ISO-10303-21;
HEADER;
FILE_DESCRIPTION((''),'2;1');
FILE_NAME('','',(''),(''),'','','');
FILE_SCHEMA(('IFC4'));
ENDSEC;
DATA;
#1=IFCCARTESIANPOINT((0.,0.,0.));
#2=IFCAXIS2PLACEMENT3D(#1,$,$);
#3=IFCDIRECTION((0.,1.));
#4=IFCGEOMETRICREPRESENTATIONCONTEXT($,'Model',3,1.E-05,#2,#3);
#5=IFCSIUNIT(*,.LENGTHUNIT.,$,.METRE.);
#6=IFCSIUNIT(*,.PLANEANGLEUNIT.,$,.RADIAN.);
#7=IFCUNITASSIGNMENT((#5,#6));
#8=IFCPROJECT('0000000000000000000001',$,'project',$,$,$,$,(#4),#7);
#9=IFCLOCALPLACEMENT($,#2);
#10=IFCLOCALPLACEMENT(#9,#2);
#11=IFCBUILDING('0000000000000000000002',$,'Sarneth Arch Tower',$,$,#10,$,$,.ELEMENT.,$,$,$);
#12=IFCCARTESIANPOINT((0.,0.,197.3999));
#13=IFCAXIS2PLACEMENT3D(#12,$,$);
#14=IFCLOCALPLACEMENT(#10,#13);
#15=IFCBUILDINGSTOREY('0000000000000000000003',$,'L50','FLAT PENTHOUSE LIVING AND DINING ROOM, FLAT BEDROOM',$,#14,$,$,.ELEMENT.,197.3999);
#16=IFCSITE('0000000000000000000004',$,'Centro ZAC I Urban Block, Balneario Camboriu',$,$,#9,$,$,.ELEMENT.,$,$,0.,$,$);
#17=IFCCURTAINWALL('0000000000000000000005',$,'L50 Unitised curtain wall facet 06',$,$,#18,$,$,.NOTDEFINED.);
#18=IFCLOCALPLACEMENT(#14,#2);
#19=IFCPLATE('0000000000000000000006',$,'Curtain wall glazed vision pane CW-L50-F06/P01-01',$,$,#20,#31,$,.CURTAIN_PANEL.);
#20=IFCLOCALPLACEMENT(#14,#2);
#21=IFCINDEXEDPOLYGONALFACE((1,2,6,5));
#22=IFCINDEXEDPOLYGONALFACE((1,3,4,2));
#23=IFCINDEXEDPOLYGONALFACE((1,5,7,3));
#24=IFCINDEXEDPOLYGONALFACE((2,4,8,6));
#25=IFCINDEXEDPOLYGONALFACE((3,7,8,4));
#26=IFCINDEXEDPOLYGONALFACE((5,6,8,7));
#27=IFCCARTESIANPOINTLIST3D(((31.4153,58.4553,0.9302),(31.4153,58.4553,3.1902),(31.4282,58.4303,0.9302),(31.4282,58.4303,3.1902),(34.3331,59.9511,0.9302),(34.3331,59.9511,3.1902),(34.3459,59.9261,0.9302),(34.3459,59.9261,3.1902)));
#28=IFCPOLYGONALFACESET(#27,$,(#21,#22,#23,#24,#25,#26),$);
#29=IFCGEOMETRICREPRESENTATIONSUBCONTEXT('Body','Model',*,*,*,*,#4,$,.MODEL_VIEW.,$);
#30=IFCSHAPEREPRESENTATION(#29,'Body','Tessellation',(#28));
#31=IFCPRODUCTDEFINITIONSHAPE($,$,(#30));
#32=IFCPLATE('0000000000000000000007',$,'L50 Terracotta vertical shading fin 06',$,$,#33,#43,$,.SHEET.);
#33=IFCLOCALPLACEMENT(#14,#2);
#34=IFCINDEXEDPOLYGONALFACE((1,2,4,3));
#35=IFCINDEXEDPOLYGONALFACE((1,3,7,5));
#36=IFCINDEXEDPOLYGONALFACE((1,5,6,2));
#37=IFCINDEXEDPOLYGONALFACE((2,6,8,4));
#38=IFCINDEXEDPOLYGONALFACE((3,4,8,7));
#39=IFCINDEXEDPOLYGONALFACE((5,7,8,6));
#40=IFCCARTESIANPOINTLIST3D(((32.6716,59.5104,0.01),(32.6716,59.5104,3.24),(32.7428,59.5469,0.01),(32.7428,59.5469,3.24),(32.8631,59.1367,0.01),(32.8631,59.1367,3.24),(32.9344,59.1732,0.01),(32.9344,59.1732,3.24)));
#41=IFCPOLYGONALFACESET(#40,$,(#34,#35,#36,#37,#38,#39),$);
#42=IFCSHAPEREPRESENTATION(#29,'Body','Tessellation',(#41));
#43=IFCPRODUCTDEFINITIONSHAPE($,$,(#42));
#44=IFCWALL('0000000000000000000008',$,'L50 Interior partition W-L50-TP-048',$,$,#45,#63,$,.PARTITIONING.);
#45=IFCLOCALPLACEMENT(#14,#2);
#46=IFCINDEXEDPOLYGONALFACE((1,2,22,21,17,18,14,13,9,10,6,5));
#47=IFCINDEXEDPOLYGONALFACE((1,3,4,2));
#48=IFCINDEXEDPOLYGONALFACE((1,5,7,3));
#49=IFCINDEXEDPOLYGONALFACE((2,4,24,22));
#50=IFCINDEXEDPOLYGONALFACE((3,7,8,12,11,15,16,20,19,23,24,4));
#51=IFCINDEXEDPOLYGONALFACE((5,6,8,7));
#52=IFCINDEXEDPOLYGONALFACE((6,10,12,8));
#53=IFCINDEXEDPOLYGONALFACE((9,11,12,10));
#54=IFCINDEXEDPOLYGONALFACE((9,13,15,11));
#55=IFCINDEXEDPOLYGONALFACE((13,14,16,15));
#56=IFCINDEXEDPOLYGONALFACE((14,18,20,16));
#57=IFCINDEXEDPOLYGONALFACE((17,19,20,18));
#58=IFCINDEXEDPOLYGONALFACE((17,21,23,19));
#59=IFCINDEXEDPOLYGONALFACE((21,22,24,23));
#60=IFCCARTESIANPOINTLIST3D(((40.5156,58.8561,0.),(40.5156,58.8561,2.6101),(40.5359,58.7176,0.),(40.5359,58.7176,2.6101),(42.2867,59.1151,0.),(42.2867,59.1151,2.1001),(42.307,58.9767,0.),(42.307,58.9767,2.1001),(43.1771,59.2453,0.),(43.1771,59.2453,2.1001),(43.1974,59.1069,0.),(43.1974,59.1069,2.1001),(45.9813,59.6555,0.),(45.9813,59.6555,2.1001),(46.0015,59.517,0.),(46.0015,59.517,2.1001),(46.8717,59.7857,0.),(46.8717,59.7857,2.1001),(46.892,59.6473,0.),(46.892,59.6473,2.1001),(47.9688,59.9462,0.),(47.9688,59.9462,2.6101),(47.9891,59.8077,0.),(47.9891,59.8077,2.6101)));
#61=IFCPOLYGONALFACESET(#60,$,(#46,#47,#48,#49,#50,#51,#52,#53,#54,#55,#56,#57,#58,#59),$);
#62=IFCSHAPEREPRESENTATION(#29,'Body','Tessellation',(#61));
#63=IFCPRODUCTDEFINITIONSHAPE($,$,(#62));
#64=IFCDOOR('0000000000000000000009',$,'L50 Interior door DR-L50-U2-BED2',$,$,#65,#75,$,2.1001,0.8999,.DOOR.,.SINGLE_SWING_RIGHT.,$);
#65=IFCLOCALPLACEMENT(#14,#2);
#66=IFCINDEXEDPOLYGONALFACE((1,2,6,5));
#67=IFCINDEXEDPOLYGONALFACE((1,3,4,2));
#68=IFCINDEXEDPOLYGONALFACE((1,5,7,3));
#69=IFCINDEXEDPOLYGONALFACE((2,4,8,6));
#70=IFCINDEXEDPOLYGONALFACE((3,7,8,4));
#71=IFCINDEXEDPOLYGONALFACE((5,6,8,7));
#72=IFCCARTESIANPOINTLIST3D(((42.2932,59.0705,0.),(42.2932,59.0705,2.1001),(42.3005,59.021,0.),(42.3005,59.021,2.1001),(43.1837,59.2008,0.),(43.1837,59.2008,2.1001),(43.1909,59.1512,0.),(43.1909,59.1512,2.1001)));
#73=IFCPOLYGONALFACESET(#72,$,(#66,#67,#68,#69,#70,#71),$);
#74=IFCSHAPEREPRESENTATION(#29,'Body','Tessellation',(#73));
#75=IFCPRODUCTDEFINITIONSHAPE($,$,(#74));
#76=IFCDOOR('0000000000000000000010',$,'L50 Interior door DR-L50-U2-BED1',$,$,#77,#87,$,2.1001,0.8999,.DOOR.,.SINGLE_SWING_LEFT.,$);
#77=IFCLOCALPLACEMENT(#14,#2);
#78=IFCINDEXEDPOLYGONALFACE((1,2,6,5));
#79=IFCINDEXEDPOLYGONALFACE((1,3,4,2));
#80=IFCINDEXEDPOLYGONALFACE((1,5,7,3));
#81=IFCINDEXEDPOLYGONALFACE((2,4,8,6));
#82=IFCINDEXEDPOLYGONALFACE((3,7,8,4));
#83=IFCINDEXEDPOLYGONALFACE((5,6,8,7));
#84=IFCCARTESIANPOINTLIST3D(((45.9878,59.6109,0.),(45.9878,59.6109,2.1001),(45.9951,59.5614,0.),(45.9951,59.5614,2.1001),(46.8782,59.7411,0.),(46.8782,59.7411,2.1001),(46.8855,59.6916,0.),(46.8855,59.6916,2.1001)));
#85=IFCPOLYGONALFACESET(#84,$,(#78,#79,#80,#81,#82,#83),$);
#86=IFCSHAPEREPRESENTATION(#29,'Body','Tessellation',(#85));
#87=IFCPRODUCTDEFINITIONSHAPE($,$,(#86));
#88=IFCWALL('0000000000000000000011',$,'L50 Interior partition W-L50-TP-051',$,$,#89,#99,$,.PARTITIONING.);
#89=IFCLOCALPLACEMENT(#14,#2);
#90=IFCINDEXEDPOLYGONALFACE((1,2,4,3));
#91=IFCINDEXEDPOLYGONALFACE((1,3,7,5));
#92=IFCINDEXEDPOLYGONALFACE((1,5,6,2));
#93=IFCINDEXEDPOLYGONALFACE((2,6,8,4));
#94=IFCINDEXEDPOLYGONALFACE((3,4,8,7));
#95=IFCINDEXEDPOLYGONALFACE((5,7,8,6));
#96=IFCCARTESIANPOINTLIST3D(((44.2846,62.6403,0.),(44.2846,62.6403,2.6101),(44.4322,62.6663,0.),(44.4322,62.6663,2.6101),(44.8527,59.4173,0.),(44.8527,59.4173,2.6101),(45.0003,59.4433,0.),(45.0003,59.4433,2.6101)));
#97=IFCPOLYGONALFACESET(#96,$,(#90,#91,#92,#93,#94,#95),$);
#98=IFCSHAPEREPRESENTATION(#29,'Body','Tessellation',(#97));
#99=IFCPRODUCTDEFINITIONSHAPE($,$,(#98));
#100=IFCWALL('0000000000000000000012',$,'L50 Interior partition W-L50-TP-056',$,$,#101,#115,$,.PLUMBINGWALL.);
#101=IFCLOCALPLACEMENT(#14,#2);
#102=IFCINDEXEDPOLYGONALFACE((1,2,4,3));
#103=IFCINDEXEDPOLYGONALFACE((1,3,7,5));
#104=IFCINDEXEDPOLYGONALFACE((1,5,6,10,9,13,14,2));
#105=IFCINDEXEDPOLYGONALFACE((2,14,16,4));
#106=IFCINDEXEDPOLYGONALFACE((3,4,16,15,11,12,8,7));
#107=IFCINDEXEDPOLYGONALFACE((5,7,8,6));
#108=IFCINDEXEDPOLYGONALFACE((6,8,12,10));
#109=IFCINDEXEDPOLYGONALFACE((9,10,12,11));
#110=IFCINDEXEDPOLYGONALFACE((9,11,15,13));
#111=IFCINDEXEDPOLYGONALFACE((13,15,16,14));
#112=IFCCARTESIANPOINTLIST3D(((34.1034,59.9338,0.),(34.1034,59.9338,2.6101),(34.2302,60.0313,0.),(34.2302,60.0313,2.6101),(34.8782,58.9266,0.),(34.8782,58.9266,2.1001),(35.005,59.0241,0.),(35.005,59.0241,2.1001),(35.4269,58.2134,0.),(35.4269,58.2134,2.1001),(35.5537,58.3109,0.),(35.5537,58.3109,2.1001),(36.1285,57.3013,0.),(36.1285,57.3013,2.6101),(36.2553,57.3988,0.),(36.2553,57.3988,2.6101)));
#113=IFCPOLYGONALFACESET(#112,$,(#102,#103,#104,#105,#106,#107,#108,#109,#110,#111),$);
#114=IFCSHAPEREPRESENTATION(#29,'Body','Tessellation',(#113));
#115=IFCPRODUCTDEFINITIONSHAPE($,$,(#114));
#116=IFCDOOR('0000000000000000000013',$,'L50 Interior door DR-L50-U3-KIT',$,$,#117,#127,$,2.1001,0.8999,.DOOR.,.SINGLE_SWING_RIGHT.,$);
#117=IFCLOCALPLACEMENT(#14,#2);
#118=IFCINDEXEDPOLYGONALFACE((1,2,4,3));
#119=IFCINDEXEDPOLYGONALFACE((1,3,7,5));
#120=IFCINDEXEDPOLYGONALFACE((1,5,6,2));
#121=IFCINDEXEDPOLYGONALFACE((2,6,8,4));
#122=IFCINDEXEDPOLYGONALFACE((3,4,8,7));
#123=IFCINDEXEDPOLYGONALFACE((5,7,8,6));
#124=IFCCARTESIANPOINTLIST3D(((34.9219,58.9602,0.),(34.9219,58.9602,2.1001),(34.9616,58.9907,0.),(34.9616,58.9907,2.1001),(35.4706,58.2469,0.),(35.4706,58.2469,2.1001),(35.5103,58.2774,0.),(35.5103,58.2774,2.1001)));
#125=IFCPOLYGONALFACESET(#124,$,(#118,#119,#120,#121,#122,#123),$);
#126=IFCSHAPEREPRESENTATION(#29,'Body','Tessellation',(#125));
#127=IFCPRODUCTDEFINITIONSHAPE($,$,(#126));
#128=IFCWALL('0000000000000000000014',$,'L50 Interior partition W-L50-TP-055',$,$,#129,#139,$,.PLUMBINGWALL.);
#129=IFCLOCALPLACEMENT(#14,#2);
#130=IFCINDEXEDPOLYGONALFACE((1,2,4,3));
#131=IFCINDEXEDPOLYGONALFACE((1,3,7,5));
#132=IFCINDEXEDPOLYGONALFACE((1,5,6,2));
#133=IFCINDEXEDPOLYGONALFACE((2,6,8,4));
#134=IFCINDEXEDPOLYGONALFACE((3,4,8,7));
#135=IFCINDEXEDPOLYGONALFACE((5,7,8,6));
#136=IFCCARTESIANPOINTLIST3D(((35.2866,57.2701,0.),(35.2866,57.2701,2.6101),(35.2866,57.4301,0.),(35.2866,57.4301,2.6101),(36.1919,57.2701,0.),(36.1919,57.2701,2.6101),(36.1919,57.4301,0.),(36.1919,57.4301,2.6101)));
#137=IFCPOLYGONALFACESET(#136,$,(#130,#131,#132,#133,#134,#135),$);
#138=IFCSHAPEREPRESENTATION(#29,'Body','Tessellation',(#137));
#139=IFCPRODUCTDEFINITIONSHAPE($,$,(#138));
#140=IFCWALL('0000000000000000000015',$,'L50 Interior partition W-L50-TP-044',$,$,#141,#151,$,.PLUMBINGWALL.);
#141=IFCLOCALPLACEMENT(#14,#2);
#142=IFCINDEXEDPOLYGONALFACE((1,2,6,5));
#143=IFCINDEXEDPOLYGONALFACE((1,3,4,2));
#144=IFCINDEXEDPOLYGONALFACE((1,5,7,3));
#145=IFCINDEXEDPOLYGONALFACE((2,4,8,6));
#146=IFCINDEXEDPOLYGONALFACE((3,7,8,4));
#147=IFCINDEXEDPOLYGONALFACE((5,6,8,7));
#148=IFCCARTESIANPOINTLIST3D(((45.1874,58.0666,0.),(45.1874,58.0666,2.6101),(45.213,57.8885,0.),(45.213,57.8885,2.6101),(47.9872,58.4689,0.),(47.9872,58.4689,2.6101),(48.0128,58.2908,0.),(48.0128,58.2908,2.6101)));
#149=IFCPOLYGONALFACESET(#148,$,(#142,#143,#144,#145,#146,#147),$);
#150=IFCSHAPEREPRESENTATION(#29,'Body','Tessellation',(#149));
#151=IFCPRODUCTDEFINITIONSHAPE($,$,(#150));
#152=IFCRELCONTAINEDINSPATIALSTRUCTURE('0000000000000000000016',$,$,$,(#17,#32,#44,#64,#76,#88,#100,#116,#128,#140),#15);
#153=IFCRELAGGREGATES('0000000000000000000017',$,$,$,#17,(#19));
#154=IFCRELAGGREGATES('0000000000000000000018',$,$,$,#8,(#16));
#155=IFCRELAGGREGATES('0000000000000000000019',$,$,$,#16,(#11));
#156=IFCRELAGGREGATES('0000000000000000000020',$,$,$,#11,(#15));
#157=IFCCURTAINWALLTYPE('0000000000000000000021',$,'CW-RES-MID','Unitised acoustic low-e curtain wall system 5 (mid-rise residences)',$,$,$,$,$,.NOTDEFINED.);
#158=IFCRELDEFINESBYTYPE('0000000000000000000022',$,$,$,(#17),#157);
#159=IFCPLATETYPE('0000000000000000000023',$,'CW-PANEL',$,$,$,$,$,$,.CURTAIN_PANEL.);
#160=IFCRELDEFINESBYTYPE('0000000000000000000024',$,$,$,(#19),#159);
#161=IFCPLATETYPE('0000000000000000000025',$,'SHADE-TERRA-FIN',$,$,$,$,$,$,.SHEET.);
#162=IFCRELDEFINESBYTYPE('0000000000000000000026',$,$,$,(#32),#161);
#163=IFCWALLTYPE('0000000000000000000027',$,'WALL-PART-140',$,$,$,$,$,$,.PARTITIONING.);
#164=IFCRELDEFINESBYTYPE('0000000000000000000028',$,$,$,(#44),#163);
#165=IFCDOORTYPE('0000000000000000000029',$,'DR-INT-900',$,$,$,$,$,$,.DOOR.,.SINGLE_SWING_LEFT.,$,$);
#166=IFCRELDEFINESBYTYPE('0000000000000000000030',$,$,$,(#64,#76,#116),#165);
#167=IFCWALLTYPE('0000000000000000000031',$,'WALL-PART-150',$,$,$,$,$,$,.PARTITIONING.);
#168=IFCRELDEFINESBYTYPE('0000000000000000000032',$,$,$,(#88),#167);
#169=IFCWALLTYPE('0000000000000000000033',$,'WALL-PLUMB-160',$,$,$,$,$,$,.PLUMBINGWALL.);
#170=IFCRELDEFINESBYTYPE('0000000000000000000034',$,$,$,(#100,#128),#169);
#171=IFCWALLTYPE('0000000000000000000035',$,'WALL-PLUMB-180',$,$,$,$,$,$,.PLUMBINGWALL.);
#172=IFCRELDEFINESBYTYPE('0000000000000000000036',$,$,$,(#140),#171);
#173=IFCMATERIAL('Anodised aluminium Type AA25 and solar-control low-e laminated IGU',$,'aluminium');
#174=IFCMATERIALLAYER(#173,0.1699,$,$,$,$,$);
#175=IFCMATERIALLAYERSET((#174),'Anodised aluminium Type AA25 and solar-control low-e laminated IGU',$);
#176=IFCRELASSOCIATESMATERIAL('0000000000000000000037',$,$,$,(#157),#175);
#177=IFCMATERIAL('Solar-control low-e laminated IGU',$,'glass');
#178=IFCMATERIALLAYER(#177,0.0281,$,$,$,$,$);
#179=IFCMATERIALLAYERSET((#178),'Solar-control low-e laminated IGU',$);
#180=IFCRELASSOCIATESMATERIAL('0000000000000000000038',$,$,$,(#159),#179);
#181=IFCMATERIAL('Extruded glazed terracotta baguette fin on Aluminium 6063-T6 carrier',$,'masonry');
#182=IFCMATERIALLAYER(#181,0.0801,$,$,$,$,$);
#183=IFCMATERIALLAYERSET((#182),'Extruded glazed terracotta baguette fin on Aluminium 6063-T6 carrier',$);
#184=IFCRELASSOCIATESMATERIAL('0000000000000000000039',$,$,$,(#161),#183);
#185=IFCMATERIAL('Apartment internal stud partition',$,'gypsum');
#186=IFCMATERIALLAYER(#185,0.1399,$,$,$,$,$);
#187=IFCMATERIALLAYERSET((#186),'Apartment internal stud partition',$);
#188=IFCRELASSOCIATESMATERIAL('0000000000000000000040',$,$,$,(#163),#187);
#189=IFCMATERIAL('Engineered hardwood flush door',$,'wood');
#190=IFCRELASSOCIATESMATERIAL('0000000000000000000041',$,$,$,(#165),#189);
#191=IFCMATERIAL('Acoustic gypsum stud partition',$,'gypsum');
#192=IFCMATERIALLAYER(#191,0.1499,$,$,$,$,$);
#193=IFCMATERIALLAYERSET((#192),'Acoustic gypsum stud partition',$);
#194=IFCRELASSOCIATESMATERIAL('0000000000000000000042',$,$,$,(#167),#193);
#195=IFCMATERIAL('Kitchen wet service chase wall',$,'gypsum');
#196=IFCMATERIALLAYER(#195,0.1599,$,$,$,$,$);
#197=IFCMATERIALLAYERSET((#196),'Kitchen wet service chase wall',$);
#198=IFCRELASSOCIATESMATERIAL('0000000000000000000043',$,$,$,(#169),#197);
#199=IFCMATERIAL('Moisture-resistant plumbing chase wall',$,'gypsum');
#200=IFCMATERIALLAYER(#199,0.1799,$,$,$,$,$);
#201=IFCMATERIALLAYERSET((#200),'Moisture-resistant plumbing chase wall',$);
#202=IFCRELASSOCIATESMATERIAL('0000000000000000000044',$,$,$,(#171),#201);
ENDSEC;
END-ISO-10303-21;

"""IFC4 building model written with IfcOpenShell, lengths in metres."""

from ifc_helpers import new_model, si_unit, direction, frame, frame_2d, origin, origin_2d, place, context, subcontext, project, spatial, rectangle, extrude, material, layer, layer_set, type_object, element, fill, aggregate, save


model = new_model("IFC4")

# Units and contexts
model_context = context("Model", 3, precision=1e-05, world=origin(), true_north=direction((0.0, 1.0)))
body_context = subcontext(model_context, "Body", "Model", "MODEL_VIEW")
ifc_project = project(units=[si_unit("LENGTHUNIT", "METRE"), si_unit("PLANEANGLEUNIT", "RADIAN")], contexts=[model_context])

# Site, building, storey
site_placement = place(None, origin())
site = spatial("IfcSite", under=ifc_project, at=site_placement, Name="Centro ZAC I Urban Block, Balneario Camboriu", CompositionType="ELEMENT", RefElevation=0.0)
building_placement = place(site_placement, origin())
building = spatial("IfcBuilding", under=site, at=building_placement, Name="Sarneth Arch Tower", CompositionType="ELEMENT")
storey_placement = place(building_placement, frame((0.0, 0.0, 197.3999)))
storey = spatial("IfcBuildingStorey", under=building, at=storey_placement, Name="L50", Description="FLAT PENTHOUSE LIVING AND DINING ROOM, FLAT BEDROOM", CompositionType="ELEMENT", Elevation=197.3999)

# Curtain wall, plate
ifc_material_1 = material(Name="Anodised aluminium Type AA25 and solar-control low-e laminated IGU", Category="aluminium")
ifc_layer_1 = layer(ifc_material_1, 0.1699)
ifc_layer_set_1 = layer_set([ifc_layer_1], Name="Anodised aluminium Type AA25 and solar-control low-e laminated IGU")
curtain_wall_type = type_object("IfcCurtainWallType", Name="CW-RES-MID", Description="Unitised acoustic low-e curtain wall system 5 (mid-rise residences)", PredefinedType="NOTDEFINED", material=ifc_layer_set_1)
curtain_wall_placement = place(storey_placement, origin())
curtain_wall = element("IfcCurtainWall", 1, at=curtain_wall_placement, inside=storey, type_object=curtain_wall_type, Name="L50 Unitised curtain wall facet 06", PredefinedType="NOTDEFINED")
ifc_material_2 = material(Name="Solar-control low-e laminated IGU", Category="glass")
ifc_layer_2 = layer(ifc_material_2, 0.0281)
ifc_layer_set_2 = layer_set([ifc_layer_2], Name="Solar-control low-e laminated IGU")
plate_type_1 = type_object("IfcPlateType", Name="CW-PANEL", PredefinedType="CURTAIN_PANEL", material=ifc_layer_set_2)
plate_1_placement = place(storey_placement, frame((32.8806, 59.1907, 0.9302), z_axis=(0.0, 0.0, 1.0), x_axis=(-0.889873, -0.456208, 0.0)))
plate_1 = element("IfcPlate", 2, at=plate_1_placement, type_object=plate_type_1, Name="Curtain wall glazed vision pane CW-L50-F06/P01-01", PredefinedType="CURTAIN_PANEL", context=body_context, shape_type="SweptSolid", body=[
    extrude(rectangle(XDim=3.2788, YDim=0.0281, at=origin_2d()), origin(), (0.0, 0.0, 1.0), 2.26),
])
aggregate(curtain_wall, [plate_1])

# Plate
ifc_material_3 = material(Name="Extruded glazed terracotta baguette fin on Aluminium 6063-T6 carrier", Category="masonry")
ifc_layer_3 = layer(ifc_material_3, 0.0801)
ifc_layer_set_3 = layer_set([ifc_layer_3], Name="Extruded glazed terracotta baguette fin on Aluminium 6063-T6 carrier")
plate_type_2 = type_object("IfcPlateType", Name="SHADE-TERRA-FIN", PredefinedType="SHEET", material=ifc_layer_set_3)
plate_2_placement = place(storey_placement, frame((32.803, 59.3418, 0.01), z_axis=(0.0, 0.0, 1.0), x_axis=(-0.456166, 0.889895, 0.0)))
element("IfcPlate", 3, at=plate_2_placement, inside=storey, type_object=plate_type_2, Name="L50 Terracotta vertical shading fin 06", PredefinedType="SHEET", context=body_context, shape_type="SweptSolid", body=[
    extrude(rectangle(XDim=0.4199, YDim=0.0801, at=origin_2d()), origin(), (0.0, 0.0, 1.0), 3.23),
])

# Wall, openings, doors
ifc_material_4 = material(Name="Apartment internal stud partition", Category="gypsum")
ifc_layer_4 = layer(ifc_material_4, 0.1399)
ifc_layer_set_4 = layer_set([ifc_layer_4], Name="Apartment internal stud partition")
wall_type_1 = type_object("IfcWallType", Name="WALL-PART-140", PredefinedType="PARTITIONING", material=ifc_layer_set_4)
wall_1_placement = place(storey_placement, frame((40.5259, 58.7869, 0.0), z_axis=(0.0, 0.0, 1.0), x_axis=(0.989473, 0.144719, 0.0)))
wall_1 = element("IfcWall", 4, at=wall_1_placement, inside=storey, type_object=wall_type_1, Name="L50 Interior partition W-L50-TP-048", PredefinedType="PARTITIONING", context=body_context, shape_type="SweptSolid", body=[
    extrude(rectangle(XDim=7.5325, YDim=0.1399, at=frame_2d((3.7661, 0.0))), origin(), (0.0, 0.0, 1.0), 2.6101),
])
opening_1_placement = place(wall_1_placement, frame((1.7898, 0.0, 0.0)))
opening_1 = element("IfcOpeningElement", 5, at=opening_1_placement, cuts=wall_1, PredefinedType="OPENING", context=body_context, shape_type="SweptSolid", body=[
    extrude(rectangle(XDim=0.8999, YDim=2.1001, at=frame_2d((0.45, 1.05))), frame((0.0, 0.0798, 0.0), z_axis=(0.0, -1.0, 0.0), x_axis=(1.0, 0.0, 0.0)), (0.0, 0.0, 1.0), 0.1599),
])
opening_2_placement = place(wall_1_placement, frame((5.5237, 0.0, 0.0)))
opening_2 = element("IfcOpeningElement", 6, at=opening_2_placement, cuts=wall_1, PredefinedType="OPENING", context=body_context, shape_type="SweptSolid", body=[
    extrude(rectangle(XDim=0.8999, YDim=2.1001, at=frame_2d((0.45, 1.05))), frame((0.0, 0.0798, 0.0), z_axis=(0.0, -1.0, 0.0), x_axis=(1.0, 0.0, 0.0)), (0.0, 0.0, 1.0), 0.1599),
])
ifc_material_5 = material(Name="Engineered hardwood flush door", Category="wood")
door_type = type_object("IfcDoorType", Name="DR-INT-900", OperationType="SINGLE_SWING_LEFT", PredefinedType="DOOR", material=ifc_material_5)
door_1_placement = place(opening_1_placement, origin())
door_1 = element("IfcDoor", 7, at=door_1_placement, inside=storey, type_object=door_type, Name="L50 Interior door DR-L50-U2-BED2", OperationType="SINGLE_SWING_RIGHT", OverallHeight=2.1001, OverallWidth=0.8999, PredefinedType="DOOR", context=body_context, shape_type="SweptSolid", body=[
    extrude(rectangle(XDim=0.8999, YDim=2.1001, at=frame_2d((0.45, 1.05))), frame((0.0, 0.0249, 0.0), z_axis=(0.0, -1.0, 0.0), x_axis=(1.0, 0.0, 0.0)), (0.0, 0.0, 1.0), 0.05),
])
fill(opening_1, door_1)
door_2_placement = place(opening_2_placement, origin())
door_2 = element("IfcDoor", 8, at=door_2_placement, inside=storey, type_object=door_type, Name="L50 Interior door DR-L50-U2-BED1", OperationType="SINGLE_SWING_LEFT", OverallHeight=2.1001, OverallWidth=0.8999, PredefinedType="DOOR", context=body_context, shape_type="SweptSolid", body=[
    extrude(rectangle(XDim=0.8999, YDim=2.1001, at=frame_2d((0.45, 1.05))), frame((0.0, 0.0249, 0.0), z_axis=(0.0, -1.0, 0.0), x_axis=(1.0, 0.0, 0.0)), (0.0, 0.0, 1.0), 0.05),
])
fill(opening_2, door_2)

# Wall
ifc_material_6 = material(Name="Acoustic gypsum stud partition", Category="gypsum")
ifc_layer_5 = layer(ifc_material_6, 0.1499)
ifc_layer_set_5 = layer_set([ifc_layer_5], Name="Acoustic gypsum stud partition")
wall_type_2 = type_object("IfcWallType", Name="WALL-PART-150", PredefinedType="PARTITIONING", material=ifc_layer_set_5)
wall_2_placement = place(storey_placement, frame((44.9265, 59.4304, 0.0), z_axis=(0.0, 0.0, 1.0), x_axis=(-0.173598, 0.984817, 0.0)))
element("IfcWall", 9, at=wall_2_placement, inside=storey, type_object=wall_type_2, Name="L50 Interior partition W-L50-TP-051", PredefinedType="PARTITIONING", context=body_context, shape_type="SweptSolid", body=[
    extrude(rectangle(XDim=3.2727, YDim=0.1499, at=frame_2d((1.6362, 0.0))), origin(), (0.0, 0.0, 1.0), 2.6101),
])

# Wall, opening, door
ifc_material_7 = material(Name="Kitchen wet service chase wall", Category="gypsum")
ifc_layer_6 = layer(ifc_material_7, 0.1599)
ifc_layer_set_6 = layer_set([ifc_layer_6], Name="Kitchen wet service chase wall")
wall_type_3 = type_object("IfcWallType", Name="WALL-PLUMB-160", PredefinedType="PLUMBINGWALL", material=ifc_layer_set_6)
wall_3_placement = place(storey_placement, frame((36.1919, 57.3501, 0.0), z_axis=(0.0, 0.0, 1.0), x_axis=(-0.609729, 0.79261, 0.0)))
wall_3 = element("IfcWall", 10, at=wall_3_placement, inside=storey, type_object=wall_type_3, Name="L50 Interior partition W-L50-TP-056", PredefinedType="PLUMBINGWALL", context=body_context, shape_type="SweptSolid", body=[
    extrude(rectangle(XDim=3.3213, YDim=0.1599, at=frame_2d((1.6606, 0.0))), origin(), (0.0, 0.0, 1.0), 2.6101),
])
opening_3_placement = place(wall_3_placement, frame((1.1506, 0.0, 0.0)))
opening_3 = element("IfcOpeningElement", 11, at=opening_3_placement, cuts=wall_3, PredefinedType="OPENING", context=body_context, shape_type="SweptSolid", body=[
    extrude(rectangle(XDim=0.8999, YDim=2.1001, at=frame_2d((0.45, 1.05))), frame((0.0, 0.0898, 0.0), z_axis=(0.0, -1.0, 0.0), x_axis=(1.0, 0.0, 0.0)), (0.0, 0.0, 1.0), 0.1799),
])
door_3_placement = place(opening_3_placement, origin())
door_3 = element("IfcDoor", 12, at=door_3_placement, inside=storey, type_object=door_type, Name="L50 Interior door DR-L50-U3-KIT", OperationType="SINGLE_SWING_RIGHT", OverallHeight=2.1001, OverallWidth=0.8999, PredefinedType="DOOR", context=body_context, shape_type="SweptSolid", body=[
    extrude(rectangle(XDim=0.8999, YDim=2.1001, at=frame_2d((0.45, 1.05))), frame((0.0, 0.0249, 0.0), z_axis=(0.0, -1.0, 0.0), x_axis=(1.0, 0.0, 0.0)), (0.0, 0.0, 1.0), 0.05),
])
fill(opening_3, door_3)

# Walls
wall_4_placement = place(storey_placement, frame((35.2866, 57.3501, 0.0), z_axis=(0.0, 0.0, 1.0), x_axis=(1.0, 0.0, 0.0)))
element("IfcWall", 13, at=wall_4_placement, inside=storey, type_object=wall_type_3, Name="L50 Interior partition W-L50-TP-055", PredefinedType="PLUMBINGWALL", context=body_context, shape_type="SweptSolid", body=[
    extrude(rectangle(XDim=0.9053, YDim=0.1599, at=frame_2d((0.4526, 0.0))), origin(), (0.0, 0.0, 1.0), 2.6101),
])
ifc_material_8 = material(Name="Moisture-resistant plumbing chase wall", Category="gypsum")
ifc_layer_7 = layer(ifc_material_8, 0.1799)
ifc_layer_set_7 = layer_set([ifc_layer_7], Name="Moisture-resistant plumbing chase wall")
wall_type_4 = type_object("IfcWallType", Name="WALL-PLUMB-180", PredefinedType="PLUMBINGWALL", material=ifc_layer_set_7)
wall_5_placement = place(storey_placement, frame((45.2002, 57.9775, 0.0), z_axis=(0.0, 0.0, 1.0), x_axis=(0.989832, 0.142243, 0.0)))
element("IfcWall", 14, at=wall_5_placement, inside=storey, type_object=wall_type_4, Name="L50 Interior partition W-L50-TP-044", PredefinedType="PLUMBINGWALL", context=body_context, shape_type="SweptSolid", body=[
    extrude(rectangle(XDim=2.8286, YDim=0.1799, at=frame_2d((1.4143, 0.0))), origin(), (0.0, 0.0, 1.0), 2.6101),
])

save(model, "model.ifc")
